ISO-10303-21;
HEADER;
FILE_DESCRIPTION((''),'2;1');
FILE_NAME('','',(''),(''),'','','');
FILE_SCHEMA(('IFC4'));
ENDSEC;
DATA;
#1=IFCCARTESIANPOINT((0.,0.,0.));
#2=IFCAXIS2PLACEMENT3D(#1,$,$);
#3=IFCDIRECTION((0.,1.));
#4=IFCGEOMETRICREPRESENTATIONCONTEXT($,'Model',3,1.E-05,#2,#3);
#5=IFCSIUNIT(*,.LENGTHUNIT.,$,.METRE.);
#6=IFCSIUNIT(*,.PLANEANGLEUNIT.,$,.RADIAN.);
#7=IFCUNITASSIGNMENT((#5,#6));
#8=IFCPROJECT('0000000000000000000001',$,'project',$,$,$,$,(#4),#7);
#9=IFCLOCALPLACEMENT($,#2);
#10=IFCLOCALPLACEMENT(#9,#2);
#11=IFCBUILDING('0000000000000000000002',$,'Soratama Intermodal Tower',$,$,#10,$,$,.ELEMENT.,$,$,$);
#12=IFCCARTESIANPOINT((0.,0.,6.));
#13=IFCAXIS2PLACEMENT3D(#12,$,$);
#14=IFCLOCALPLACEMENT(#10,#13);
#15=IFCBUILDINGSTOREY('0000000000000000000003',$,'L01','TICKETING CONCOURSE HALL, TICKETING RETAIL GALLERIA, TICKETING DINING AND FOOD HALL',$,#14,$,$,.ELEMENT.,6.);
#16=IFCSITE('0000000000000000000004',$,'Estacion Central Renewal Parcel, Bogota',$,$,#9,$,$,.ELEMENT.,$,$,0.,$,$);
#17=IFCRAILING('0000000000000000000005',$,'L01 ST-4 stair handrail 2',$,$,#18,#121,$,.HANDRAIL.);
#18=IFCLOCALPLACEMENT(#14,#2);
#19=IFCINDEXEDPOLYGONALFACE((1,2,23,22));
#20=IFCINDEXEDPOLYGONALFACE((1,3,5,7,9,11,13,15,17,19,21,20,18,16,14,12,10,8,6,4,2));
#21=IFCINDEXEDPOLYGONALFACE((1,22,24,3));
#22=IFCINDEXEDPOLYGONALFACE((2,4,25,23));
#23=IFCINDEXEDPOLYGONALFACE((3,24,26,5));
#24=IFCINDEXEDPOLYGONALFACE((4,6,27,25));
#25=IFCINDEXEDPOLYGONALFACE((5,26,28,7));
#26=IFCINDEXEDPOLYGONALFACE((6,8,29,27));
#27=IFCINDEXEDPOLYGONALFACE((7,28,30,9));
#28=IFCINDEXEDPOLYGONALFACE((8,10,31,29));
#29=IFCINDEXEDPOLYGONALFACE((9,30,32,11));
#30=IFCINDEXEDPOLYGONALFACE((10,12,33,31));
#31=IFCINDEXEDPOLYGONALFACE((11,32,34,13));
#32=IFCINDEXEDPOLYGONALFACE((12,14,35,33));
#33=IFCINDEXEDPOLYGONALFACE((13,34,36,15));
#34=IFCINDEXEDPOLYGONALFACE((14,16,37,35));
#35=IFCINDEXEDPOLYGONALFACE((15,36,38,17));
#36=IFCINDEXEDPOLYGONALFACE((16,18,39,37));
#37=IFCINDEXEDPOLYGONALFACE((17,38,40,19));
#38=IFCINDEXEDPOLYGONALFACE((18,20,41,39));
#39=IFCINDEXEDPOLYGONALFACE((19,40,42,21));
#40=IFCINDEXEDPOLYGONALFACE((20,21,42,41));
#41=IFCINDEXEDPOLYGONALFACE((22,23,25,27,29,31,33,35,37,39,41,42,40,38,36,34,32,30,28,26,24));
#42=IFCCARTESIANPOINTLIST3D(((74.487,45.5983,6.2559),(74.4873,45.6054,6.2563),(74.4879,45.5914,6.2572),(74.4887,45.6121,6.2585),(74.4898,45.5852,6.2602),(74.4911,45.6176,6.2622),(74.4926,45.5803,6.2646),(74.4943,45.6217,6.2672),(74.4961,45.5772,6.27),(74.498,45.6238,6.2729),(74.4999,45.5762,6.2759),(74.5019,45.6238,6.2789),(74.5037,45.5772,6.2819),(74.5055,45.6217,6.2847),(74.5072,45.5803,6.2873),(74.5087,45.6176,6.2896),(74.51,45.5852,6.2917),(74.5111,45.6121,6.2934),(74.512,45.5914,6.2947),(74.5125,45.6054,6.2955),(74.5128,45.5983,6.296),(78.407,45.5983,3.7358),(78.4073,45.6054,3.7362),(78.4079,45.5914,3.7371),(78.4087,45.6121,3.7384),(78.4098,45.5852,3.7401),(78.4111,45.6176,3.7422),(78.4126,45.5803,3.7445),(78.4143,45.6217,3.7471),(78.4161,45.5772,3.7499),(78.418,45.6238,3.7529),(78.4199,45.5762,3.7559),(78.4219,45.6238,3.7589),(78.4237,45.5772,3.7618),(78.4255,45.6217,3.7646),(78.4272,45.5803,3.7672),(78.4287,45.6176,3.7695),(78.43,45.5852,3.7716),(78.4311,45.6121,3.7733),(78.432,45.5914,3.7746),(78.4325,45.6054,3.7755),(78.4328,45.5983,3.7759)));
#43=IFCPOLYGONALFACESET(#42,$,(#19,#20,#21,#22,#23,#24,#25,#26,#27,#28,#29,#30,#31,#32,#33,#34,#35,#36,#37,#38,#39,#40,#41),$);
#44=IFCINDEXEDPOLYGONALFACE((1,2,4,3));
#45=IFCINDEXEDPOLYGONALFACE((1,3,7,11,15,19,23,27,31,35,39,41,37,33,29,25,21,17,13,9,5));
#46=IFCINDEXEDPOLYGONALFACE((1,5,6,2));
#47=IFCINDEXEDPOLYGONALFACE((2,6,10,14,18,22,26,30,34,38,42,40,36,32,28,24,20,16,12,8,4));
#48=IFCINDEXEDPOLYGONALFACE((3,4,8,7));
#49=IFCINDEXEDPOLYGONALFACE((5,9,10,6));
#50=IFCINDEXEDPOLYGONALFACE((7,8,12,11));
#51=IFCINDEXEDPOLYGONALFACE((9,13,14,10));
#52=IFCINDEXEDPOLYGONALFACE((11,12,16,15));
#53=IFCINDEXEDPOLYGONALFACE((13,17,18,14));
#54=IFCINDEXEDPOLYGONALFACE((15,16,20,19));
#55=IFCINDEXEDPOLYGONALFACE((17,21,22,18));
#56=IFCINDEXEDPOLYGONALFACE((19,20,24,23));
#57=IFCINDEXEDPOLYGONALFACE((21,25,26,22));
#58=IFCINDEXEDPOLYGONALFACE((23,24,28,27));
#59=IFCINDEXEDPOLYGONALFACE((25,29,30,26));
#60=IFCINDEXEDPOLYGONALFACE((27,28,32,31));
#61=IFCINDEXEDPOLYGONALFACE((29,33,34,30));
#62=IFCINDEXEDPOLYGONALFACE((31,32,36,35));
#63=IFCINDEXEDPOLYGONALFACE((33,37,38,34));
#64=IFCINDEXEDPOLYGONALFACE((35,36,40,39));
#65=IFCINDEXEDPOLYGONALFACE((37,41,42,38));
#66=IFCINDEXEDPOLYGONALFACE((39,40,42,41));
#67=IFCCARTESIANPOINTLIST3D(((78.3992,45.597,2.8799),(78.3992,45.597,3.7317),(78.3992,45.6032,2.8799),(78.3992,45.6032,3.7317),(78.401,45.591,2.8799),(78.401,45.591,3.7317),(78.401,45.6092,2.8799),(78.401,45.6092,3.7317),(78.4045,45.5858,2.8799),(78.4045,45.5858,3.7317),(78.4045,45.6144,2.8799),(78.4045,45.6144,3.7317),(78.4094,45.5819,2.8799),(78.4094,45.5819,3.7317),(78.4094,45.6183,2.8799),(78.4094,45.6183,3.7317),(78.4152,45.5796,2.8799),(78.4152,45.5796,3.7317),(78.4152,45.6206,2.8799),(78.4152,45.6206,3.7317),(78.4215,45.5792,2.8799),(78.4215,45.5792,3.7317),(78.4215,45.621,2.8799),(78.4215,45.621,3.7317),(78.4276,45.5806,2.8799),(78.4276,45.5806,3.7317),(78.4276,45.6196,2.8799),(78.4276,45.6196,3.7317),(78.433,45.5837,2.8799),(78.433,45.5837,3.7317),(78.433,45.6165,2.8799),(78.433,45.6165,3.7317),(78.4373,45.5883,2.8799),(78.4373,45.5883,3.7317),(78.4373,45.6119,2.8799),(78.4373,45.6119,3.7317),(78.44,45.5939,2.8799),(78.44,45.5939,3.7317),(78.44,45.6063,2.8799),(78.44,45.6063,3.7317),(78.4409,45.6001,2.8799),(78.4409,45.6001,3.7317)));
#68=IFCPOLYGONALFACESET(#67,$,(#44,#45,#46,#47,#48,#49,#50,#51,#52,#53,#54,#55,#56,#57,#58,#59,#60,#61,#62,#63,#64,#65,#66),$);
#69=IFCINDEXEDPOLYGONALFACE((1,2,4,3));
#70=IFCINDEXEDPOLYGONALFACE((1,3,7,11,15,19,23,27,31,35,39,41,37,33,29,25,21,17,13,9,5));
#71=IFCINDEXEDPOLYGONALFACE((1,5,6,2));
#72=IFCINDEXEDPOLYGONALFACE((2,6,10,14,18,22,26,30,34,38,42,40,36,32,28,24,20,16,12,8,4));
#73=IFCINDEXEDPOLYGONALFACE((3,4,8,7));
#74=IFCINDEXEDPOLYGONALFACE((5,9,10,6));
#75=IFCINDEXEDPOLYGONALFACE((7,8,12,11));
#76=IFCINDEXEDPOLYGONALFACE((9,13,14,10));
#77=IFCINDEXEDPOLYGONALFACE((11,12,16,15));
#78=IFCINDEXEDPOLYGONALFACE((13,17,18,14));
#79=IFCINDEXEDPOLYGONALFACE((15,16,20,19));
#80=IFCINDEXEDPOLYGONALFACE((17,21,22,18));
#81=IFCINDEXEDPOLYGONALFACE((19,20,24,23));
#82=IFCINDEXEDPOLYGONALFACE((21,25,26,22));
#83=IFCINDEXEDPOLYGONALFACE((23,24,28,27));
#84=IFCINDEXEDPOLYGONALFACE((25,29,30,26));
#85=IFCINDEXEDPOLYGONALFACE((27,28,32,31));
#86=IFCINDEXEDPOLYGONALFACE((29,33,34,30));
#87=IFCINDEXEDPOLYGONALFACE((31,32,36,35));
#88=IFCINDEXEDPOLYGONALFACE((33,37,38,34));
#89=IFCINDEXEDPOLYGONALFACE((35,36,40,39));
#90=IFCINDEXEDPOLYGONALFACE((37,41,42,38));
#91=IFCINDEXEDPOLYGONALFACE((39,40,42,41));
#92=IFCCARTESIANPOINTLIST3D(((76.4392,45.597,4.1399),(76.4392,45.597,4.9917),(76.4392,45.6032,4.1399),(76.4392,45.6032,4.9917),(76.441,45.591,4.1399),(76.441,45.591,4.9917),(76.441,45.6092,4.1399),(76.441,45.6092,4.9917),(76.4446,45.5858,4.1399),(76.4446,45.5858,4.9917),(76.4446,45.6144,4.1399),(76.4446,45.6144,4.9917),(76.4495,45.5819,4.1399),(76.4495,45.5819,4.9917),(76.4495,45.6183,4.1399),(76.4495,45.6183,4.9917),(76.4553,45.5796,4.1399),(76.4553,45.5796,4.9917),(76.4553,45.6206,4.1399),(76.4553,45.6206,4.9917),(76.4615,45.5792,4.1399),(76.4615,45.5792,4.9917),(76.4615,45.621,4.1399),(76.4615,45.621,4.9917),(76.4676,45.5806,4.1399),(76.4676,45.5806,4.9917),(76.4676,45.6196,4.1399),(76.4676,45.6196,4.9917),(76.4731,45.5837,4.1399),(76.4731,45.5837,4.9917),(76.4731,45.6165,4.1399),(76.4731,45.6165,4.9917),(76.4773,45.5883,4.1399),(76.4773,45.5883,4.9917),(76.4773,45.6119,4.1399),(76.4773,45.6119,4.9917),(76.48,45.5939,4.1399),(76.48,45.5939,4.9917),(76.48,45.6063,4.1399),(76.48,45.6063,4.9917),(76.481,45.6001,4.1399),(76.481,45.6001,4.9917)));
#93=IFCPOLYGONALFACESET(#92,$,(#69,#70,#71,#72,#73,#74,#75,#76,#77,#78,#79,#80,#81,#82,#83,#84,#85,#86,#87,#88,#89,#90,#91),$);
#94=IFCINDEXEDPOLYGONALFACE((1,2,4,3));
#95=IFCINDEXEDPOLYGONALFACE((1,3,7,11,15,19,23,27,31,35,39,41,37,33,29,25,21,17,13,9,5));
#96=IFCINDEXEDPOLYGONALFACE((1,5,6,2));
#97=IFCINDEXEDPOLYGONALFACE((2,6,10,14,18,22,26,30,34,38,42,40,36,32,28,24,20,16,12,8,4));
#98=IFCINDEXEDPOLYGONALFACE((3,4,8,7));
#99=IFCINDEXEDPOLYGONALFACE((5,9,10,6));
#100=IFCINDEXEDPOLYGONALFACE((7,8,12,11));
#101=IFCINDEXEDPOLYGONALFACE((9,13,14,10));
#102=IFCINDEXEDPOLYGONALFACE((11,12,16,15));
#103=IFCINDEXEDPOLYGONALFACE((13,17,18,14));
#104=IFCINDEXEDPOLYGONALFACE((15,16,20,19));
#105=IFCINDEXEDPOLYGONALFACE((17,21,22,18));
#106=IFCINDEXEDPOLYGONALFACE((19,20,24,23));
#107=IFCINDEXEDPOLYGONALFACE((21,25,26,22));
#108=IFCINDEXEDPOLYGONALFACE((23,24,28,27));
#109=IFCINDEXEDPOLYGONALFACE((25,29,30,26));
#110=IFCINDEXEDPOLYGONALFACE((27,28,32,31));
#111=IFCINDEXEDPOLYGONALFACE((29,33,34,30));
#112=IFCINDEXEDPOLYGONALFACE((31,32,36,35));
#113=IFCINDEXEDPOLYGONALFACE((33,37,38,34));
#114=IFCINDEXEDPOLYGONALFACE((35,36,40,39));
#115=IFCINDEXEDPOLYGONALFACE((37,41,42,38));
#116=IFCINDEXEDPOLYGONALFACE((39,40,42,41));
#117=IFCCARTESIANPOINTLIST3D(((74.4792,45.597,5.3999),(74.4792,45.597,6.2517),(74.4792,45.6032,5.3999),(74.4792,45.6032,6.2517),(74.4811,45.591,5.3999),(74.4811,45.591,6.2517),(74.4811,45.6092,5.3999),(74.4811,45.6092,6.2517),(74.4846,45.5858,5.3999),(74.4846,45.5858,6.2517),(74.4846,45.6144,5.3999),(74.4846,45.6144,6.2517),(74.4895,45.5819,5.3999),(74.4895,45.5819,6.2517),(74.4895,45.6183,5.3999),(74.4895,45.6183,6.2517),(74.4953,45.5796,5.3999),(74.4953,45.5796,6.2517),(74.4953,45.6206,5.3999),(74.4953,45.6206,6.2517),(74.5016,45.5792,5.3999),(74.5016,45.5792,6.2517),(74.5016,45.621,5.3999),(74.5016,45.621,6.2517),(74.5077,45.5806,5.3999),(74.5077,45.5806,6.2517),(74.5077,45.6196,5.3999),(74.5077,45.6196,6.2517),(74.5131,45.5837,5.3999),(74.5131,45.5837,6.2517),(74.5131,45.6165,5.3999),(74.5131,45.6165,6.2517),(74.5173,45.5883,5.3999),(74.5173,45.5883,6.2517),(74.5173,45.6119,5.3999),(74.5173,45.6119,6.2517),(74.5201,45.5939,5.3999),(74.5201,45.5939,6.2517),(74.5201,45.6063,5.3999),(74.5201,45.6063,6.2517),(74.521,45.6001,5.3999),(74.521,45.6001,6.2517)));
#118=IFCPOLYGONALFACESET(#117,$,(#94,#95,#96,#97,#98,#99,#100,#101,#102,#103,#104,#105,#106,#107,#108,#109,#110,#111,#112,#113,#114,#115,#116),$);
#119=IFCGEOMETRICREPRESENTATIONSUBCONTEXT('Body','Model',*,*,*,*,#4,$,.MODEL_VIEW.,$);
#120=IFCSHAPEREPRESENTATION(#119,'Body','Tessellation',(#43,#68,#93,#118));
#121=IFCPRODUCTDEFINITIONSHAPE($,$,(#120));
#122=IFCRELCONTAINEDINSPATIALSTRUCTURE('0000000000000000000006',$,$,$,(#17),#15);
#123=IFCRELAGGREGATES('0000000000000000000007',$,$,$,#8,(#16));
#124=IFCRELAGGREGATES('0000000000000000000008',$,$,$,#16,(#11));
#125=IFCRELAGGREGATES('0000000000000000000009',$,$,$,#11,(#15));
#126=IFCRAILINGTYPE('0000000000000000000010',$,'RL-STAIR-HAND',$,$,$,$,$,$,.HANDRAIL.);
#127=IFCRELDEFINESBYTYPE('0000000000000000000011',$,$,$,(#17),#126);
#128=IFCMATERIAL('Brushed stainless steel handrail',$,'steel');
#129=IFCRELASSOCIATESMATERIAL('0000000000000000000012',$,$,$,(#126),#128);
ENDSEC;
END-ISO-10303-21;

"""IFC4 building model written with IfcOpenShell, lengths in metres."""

from ifc_helpers import new_model, si_unit, direction, frame, origin, origin_2d, place, context, subcontext, project, spatial, circle, extrude, material, type_object, element, save


model = new_model("IFC4")

# Units and contexts
model_context = context("Model", 3, precision=1e-05, world=origin(), true_north=direction((0.0, 1.0)))
body_context = subcontext(model_context, "Body", "Model", "MODEL_VIEW")
ifc_project = project(units=[si_unit("LENGTHUNIT", "METRE"), si_unit("PLANEANGLEUNIT", "RADIAN")], contexts=[model_context])

# Site, building, storey
site_placement = place(None, origin())
site = spatial("IfcSite", under=ifc_project, at=site_placement, Name="Estacion Central Renewal Parcel, Bogota", CompositionType="ELEMENT", RefElevation=0.0)
building_placement = place(site_placement, origin())
building = spatial("IfcBuilding", under=site, at=building_placement, Name="Soratama Intermodal Tower", CompositionType="ELEMENT")
storey_placement = place(building_placement, frame((0.0, 0.0, 6.0)))
storey = spatial("IfcBuildingStorey", under=building, at=storey_placement, Name="L01", Description="TICKETING CONCOURSE HALL, TICKETING RETAIL GALLERIA, TICKETING DINING AND FOOD HALL", CompositionType="ELEMENT", Elevation=6.0)

# Railing
ifc_material_1 = material(Name="Brushed stainless steel handrail", Category="steel")
railing_type_1 = type_object("IfcRailingType", Name="RL-STAIR-HAND", PredefinedType="HANDRAIL", material=ifc_material_1)
railing_1_placement = place(storey_placement, frame((78.4199, 45.6001, 2.8799)))
element("IfcRailing", 1, at=railing_1_placement, inside=storey, type_object=railing_type_1, Name="L01 ST-4 stair handrail 2", PredefinedType="HANDRAIL", context=body_context, shape_type="SweptSolid", body=[
    extrude(circle(Radius=0.0239, at=origin_2d()), frame((0.0, 0.0, 0.876), z_axis=(-0.841172, 0.0, 0.540768), x_axis=(0.0, -1.0, 0.0)), (0.0, 0.0, 1.0), 4.6602),
    extrude(circle(Radius=0.021, at=origin_2d()), origin(), (0.0, 0.0, 1.0), 0.8518),
    extrude(circle(Radius=0.021, at=origin_2d()), frame((-1.96, 0.0, 1.26)), (0.0, 0.0, 1.0), 0.8518),
    extrude(circle(Radius=0.021, at=origin_2d()), frame((-3.9199, 0.0, 2.52)), (0.0, 0.0, 1.0), 0.8518),
])

save(model, "model.ifc")
